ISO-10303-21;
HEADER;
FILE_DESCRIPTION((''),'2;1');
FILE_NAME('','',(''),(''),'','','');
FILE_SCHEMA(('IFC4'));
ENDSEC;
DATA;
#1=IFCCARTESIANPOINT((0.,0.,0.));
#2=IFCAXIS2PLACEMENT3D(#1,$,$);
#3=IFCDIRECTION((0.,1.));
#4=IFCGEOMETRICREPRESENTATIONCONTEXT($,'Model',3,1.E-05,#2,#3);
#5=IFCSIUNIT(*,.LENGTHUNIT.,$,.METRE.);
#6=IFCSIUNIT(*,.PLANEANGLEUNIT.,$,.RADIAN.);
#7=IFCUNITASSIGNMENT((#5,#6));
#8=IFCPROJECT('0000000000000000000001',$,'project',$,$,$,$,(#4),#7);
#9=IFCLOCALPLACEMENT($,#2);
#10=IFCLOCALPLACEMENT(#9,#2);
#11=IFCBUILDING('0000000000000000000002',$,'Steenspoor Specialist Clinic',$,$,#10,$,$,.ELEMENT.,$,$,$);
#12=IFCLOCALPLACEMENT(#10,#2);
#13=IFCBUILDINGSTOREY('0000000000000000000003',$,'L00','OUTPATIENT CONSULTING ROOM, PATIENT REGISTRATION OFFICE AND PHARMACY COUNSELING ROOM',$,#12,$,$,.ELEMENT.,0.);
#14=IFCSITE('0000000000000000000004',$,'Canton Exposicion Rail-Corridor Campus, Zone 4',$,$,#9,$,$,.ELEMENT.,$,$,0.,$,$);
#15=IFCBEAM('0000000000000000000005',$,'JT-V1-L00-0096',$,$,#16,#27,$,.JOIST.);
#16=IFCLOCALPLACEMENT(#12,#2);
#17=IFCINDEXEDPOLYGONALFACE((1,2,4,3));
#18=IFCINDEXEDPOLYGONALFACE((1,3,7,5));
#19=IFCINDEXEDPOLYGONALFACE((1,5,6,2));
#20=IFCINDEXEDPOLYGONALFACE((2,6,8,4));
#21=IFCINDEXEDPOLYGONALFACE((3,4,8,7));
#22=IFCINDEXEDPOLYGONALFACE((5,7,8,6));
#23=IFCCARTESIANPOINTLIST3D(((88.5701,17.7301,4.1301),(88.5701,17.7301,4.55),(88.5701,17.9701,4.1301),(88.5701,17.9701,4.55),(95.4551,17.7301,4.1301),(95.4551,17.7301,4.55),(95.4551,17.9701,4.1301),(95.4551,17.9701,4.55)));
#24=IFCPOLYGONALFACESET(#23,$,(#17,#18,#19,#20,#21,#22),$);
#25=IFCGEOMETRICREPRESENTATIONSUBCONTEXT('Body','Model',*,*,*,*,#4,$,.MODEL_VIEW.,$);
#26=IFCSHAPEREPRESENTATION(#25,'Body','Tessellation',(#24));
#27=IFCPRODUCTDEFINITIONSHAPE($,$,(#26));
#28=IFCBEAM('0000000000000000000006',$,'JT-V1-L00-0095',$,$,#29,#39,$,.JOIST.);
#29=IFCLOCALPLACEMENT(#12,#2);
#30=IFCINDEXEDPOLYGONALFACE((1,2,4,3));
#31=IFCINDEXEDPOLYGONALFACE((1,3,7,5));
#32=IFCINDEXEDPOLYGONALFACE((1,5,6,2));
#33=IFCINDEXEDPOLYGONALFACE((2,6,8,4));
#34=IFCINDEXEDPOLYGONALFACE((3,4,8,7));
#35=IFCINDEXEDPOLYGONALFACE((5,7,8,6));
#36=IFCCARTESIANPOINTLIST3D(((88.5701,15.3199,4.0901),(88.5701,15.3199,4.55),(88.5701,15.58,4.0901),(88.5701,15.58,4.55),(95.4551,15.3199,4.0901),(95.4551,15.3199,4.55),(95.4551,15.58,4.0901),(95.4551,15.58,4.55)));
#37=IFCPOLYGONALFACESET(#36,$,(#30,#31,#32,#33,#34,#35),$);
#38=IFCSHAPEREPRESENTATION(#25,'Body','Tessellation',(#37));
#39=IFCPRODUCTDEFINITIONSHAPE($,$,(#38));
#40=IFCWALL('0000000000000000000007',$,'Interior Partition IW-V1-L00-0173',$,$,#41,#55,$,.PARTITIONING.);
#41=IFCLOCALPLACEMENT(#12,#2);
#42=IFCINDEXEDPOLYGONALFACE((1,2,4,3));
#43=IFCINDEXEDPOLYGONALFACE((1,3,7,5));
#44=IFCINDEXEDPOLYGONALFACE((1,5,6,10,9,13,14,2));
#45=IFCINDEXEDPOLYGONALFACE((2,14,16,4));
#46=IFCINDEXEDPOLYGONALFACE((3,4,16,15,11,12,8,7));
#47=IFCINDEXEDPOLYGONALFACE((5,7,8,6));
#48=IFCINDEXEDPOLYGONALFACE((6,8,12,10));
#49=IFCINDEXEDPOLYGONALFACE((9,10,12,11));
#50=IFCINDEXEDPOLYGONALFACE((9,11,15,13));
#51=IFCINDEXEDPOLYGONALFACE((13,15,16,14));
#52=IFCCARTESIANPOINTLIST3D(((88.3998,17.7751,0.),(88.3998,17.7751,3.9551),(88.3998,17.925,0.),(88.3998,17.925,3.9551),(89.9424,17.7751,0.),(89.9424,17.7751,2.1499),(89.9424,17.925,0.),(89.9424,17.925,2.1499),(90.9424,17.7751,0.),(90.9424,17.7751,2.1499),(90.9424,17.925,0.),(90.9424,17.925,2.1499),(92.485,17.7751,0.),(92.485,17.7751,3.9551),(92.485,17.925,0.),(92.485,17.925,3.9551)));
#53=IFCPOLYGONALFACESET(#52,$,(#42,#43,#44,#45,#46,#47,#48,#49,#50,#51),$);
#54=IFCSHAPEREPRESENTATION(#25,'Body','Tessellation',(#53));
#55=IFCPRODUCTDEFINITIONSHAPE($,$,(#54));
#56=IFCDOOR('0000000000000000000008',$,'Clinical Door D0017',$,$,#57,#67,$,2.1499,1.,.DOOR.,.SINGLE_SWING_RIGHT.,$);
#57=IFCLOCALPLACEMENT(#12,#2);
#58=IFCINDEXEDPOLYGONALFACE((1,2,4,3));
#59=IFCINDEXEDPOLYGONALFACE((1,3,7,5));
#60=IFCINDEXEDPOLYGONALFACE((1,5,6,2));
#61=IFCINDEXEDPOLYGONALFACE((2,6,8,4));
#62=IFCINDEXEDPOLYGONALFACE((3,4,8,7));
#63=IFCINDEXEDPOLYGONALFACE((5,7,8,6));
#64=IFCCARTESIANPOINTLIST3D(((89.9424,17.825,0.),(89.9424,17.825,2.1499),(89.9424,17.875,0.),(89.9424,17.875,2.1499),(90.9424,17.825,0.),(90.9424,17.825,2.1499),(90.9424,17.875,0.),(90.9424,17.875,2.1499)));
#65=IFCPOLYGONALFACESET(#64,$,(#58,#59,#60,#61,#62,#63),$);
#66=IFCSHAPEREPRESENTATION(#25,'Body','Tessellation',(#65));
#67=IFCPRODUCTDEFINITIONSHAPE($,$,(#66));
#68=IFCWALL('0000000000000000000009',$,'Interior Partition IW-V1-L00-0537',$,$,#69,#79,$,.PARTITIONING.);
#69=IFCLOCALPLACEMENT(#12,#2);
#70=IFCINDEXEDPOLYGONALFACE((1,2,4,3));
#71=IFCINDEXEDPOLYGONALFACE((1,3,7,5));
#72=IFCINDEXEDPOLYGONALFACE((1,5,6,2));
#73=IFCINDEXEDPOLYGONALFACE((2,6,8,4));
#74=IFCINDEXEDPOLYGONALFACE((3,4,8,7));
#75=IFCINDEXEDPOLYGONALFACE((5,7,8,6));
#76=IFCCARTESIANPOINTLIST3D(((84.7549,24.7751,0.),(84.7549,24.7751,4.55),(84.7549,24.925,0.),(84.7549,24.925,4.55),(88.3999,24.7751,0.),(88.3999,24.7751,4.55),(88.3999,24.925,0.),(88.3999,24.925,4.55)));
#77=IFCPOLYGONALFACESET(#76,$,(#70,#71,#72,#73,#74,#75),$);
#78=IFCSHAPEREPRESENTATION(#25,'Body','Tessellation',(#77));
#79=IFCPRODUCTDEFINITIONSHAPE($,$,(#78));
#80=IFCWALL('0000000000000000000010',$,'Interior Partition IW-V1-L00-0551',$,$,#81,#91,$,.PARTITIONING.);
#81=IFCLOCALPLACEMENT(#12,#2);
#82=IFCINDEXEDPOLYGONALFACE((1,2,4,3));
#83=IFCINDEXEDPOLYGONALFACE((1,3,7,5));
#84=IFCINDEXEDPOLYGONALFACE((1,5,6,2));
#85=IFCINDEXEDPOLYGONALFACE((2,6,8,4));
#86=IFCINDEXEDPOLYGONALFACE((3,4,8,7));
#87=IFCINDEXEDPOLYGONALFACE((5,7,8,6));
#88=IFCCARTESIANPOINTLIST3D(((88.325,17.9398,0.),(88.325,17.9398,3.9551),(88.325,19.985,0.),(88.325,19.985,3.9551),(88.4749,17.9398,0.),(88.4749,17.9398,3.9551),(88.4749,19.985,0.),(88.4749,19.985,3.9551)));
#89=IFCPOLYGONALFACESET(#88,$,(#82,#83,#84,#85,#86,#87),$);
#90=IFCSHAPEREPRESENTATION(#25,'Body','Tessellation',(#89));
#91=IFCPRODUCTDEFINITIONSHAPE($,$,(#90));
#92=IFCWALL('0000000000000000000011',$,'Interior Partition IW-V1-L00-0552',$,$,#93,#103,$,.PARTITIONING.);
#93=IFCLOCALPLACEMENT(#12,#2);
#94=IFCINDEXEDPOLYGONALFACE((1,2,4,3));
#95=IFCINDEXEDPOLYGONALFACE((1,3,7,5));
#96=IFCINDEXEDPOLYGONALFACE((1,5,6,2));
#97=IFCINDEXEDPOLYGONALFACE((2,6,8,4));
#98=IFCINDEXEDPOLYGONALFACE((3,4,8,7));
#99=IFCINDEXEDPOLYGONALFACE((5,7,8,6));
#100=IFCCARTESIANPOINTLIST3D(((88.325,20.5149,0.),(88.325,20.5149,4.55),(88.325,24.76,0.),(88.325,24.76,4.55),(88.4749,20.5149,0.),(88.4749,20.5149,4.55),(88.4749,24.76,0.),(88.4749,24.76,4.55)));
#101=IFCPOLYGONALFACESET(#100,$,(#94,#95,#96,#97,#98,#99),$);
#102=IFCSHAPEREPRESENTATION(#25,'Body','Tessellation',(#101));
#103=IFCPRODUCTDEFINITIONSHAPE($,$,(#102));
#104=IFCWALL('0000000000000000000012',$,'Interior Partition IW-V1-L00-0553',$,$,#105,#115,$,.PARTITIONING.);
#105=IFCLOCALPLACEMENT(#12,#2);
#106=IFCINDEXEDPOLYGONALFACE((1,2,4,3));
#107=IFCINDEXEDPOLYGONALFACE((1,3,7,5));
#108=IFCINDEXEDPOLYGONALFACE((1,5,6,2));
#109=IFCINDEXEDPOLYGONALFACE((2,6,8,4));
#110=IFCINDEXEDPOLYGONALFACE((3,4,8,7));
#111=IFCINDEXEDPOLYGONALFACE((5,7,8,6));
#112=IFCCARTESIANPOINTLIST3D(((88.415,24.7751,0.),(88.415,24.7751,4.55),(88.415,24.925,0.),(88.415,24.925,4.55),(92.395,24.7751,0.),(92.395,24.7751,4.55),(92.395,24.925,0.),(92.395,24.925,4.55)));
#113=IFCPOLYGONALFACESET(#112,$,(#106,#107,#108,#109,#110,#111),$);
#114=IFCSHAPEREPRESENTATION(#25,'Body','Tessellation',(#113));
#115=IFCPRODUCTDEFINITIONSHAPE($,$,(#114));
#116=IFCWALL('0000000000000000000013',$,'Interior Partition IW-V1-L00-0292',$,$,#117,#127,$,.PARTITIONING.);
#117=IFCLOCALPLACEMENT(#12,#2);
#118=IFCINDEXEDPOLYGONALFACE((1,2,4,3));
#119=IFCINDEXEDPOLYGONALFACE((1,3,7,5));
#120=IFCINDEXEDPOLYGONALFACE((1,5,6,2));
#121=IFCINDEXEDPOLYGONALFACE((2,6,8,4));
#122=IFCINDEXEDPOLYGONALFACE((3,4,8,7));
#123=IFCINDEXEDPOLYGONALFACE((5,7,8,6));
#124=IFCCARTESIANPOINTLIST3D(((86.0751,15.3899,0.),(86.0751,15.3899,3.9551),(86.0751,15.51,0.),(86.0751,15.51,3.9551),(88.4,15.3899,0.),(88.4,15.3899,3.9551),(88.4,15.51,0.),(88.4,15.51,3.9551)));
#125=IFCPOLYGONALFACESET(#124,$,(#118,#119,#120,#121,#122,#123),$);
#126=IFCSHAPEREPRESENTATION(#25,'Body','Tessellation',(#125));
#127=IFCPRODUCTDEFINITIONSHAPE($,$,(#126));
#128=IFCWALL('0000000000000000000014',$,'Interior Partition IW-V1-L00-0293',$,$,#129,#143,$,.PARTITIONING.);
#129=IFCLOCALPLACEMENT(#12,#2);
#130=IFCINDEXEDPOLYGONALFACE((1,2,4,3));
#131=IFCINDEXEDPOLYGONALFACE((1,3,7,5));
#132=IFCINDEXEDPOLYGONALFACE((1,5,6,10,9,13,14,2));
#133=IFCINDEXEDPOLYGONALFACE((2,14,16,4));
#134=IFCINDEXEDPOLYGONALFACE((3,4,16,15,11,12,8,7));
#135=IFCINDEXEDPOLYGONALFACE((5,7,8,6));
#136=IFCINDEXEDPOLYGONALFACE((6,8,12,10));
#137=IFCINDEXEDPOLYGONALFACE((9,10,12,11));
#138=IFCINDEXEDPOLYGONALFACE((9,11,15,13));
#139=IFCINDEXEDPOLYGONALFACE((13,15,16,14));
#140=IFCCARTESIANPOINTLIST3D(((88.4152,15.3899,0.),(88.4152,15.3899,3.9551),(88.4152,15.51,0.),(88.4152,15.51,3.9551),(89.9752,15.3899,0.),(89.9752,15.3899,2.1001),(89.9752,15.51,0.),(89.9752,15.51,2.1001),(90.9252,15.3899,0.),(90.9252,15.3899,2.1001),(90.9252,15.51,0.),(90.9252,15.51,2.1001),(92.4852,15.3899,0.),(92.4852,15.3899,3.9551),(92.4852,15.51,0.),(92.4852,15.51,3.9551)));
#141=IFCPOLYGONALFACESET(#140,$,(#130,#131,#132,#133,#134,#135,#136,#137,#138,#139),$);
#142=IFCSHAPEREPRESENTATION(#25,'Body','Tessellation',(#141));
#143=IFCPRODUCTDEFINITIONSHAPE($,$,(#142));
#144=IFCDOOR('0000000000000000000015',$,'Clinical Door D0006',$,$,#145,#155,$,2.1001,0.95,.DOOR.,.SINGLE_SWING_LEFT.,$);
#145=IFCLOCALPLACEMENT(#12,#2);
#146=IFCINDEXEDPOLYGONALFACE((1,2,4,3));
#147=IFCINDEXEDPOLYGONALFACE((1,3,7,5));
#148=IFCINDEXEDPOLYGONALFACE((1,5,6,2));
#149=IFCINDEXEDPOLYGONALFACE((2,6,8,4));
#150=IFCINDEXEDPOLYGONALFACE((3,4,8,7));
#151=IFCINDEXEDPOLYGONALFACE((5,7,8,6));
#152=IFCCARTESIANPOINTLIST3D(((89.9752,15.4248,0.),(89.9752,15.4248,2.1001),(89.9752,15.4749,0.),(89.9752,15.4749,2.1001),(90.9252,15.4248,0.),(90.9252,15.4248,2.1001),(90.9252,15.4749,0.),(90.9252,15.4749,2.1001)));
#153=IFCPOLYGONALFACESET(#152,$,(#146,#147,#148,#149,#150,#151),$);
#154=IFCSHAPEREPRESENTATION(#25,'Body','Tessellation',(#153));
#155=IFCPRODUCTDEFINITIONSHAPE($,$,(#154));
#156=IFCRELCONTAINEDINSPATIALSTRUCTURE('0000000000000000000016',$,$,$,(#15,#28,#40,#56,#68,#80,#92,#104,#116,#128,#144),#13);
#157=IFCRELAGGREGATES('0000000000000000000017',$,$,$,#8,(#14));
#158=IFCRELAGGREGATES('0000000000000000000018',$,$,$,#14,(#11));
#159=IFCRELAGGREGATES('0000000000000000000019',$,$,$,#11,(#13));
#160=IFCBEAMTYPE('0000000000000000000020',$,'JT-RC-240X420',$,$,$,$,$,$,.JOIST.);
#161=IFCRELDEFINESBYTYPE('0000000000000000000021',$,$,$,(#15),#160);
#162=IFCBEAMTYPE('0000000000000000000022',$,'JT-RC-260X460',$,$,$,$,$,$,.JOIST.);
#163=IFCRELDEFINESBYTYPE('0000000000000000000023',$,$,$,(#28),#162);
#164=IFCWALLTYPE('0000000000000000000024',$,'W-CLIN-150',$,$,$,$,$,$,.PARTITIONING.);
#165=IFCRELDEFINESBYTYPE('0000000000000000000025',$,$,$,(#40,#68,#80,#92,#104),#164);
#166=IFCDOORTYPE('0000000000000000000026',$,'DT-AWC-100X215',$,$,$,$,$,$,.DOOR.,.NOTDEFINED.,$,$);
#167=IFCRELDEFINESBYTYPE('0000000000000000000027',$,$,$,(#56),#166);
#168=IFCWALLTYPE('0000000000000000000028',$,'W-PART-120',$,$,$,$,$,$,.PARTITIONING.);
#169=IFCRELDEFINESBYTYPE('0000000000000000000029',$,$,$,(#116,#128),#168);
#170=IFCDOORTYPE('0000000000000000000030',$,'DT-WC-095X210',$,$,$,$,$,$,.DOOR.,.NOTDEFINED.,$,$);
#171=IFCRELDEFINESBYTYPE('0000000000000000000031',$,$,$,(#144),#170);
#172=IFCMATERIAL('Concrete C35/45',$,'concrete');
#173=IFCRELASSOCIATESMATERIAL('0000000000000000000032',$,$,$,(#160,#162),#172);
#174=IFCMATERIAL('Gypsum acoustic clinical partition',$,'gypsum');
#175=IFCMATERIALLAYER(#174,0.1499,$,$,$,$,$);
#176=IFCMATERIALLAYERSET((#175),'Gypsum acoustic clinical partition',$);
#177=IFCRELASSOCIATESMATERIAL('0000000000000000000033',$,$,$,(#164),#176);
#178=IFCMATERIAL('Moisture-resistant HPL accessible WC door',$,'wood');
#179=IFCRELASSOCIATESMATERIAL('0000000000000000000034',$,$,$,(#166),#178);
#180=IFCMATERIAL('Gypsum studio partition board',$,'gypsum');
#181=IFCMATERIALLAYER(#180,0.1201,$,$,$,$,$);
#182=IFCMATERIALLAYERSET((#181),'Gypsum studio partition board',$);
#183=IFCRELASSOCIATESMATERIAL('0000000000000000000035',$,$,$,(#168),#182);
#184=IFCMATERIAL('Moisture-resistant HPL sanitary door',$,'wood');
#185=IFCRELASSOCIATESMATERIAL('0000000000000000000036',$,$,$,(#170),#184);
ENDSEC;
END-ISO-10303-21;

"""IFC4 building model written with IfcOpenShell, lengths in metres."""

from ifc_helpers import new_model, si_unit, direction, frame, frame_2d, origin, origin_2d, place, context, subcontext, project, spatial, rectangle, extrude, material, layer, layer_set, material_profile, profile_set, type_object, element, fill, save


model = new_model("IFC4")

# Units and contexts
model_context = context("Model", 3, precision=1e-05, world=origin(), true_north=direction((0.0, 1.0)))
body_context = subcontext(model_context, "Body", "Model", "MODEL_VIEW")
ifc_project = project(units=[si_unit("LENGTHUNIT", "METRE"), si_unit("PLANEANGLEUNIT", "RADIAN")], contexts=[model_context])

# Site, building, storey
site_placement = place(None, origin())
site = spatial("IfcSite", under=ifc_project, at=site_placement, Name="Canton Exposicion Rail-Corridor Campus, Zone 4", CompositionType="ELEMENT", RefElevation=0.0)
building_placement = place(site_placement, origin())
building = spatial("IfcBuilding", under=site, at=building_placement, Name="Steenspoor Specialist Clinic", CompositionType="ELEMENT")
storey_placement = place(building_placement, origin())
storey = spatial("IfcBuildingStorey", under=building, at=storey_placement, Name="L00", Description="OUTPATIENT CONSULTING ROOM, PATIENT REGISTRATION OFFICE AND PHARMACY COUNSELING ROOM", CompositionType="ELEMENT", Elevation=0.0)

# Shared definitions
ifc_material_1 = material(Name="Concrete C35/45", Category="concrete")

# Beams
ifc_material_profile_1 = material_profile(ifc_material_1, rectangle(XDim=0.24, YDim=0.4199, at=origin_2d()), Name="RC-JT-240X420")
ifc_profile_set_1 = profile_set([ifc_material_profile_1], Name="Concrete C35/45")
beam_type_1 = type_object("IfcBeamType", Name="JT-RC-240X420", PredefinedType="JOIST", material=ifc_profile_set_1)
beam_1_placement = place(storey_placement, frame((88.5701, 17.8501, 4.3401), z_axis=(1.0, 0.0, 0.0), x_axis=(0.0, 1.0, 0.0)))
element("IfcBeam", 1, at=beam_1_placement, inside=storey, type_object=beam_type_1, Name="JT-V1-L00-0096", PredefinedType="JOIST", context=body_context, shape_type="SweptSolid", body=[
    extrude(rectangle(XDim=0.24, YDim=0.4199, at=origin_2d()), origin(), (0.0, 0.0, 1.0), 6.885),
])
ifc_material_profile_2 = material_profile(ifc_material_1, rectangle(XDim=0.26, YDim=0.46, at=origin_2d()), Name="RC-JT-260X460")
ifc_profile_set_2 = profile_set([ifc_material_profile_2], Name="Concrete C35/45")
beam_type_2 = type_object("IfcBeamType", Name="JT-RC-260X460", PredefinedType="JOIST", material=ifc_profile_set_2)
beam_2_placement = place(storey_placement, frame((88.5701, 15.45, 4.3201), z_axis=(1.0, 0.0, 0.0), x_axis=(0.0, 1.0, 0.0)))
element("IfcBeam", 2, at=beam_2_placement, inside=storey, type_object=beam_type_2, Name="JT-V1-L00-0095", PredefinedType="JOIST", context=body_context, shape_type="SweptSolid", body=[
    extrude(rectangle(XDim=0.26, YDim=0.46, at=origin_2d()), origin(), (0.0, 0.0, 1.0), 6.885),
])

# Wall, opening, door
ifc_material_2 = material(Name="Gypsum acoustic clinical partition", Category="gypsum")
ifc_layer_1 = layer(ifc_material_2, 0.1499)
ifc_layer_set_1 = layer_set([ifc_layer_1], Name="Gypsum acoustic clinical partition")
wall_type_1 = type_object("IfcWallType", Name="W-CLIN-150", PredefinedType="PARTITIONING", material=ifc_layer_set_1)
wall_1_placement = place(storey_placement, frame((88.3999, 17.8501, 0.0), z_axis=(0.0, 0.0, 1.0), x_axis=(1.0, 0.0, 0.0)))
wall_1 = element("IfcWall", 3, at=wall_1_placement, inside=storey, type_object=wall_type_1, Name="Interior Partition IW-V1-L00-0173", PredefinedType="PARTITIONING", context=body_context, shape_type="SweptSolid", body=[
    extrude(rectangle(XDim=4.0852, YDim=0.1499, at=frame_2d((2.0425, 0.0))), origin(), (0.0, 0.0, 1.0), 3.9551),
])
opening_1_placement = place(wall_1_placement, frame((1.5425, 0.0, 0.0)))
opening_1 = element("IfcOpeningElement", 4, at=opening_1_placement, cuts=wall_1, PredefinedType="OPENING", context=body_context, shape_type="SweptSolid", body=[
    extrude(rectangle(XDim=1.0, YDim=2.1499, at=frame_2d((0.5, 1.075))), frame((0.0, 0.085, 0.0), z_axis=(0.0, -1.0, 0.0), x_axis=(1.0, 0.0, 0.0)), (0.0, 0.0, 1.0), 0.1699),
])
ifc_material_3 = material(Name="Moisture-resistant HPL accessible WC door", Category="wood")
door_type_1 = type_object("IfcDoorType", Name="DT-AWC-100X215", OperationType="NOTDEFINED", PredefinedType="DOOR", material=ifc_material_3)
door_1_placement = place(opening_1_placement, origin())
door_1 = element("IfcDoor", 5, at=door_1_placement, inside=storey, type_object=door_type_1, Name="Clinical Door D0017", OperationType="SINGLE_SWING_RIGHT", OverallHeight=2.1499, OverallWidth=1.0, PredefinedType="DOOR", context=body_context, shape_type="SweptSolid", body=[
    extrude(rectangle(XDim=1.0, YDim=2.1499, at=frame_2d((0.5, 1.075))), frame((0.0, 0.0249, 0.0), z_axis=(0.0, -1.0, 0.0), x_axis=(1.0, 0.0, 0.0)), (0.0, 0.0, 1.0), 0.05),
])
fill(opening_1, door_1)

# Walls
wall_2_placement = place(storey_placement, frame((84.7549, 24.8501, 0.0), z_axis=(0.0, 0.0, 1.0), x_axis=(1.0, 0.0, 0.0)))
element("IfcWall", 6, at=wall_2_placement, inside=storey, type_object=wall_type_1, Name="Interior Partition IW-V1-L00-0537", PredefinedType="PARTITIONING", context=body_context, shape_type="SweptSolid", body=[
    extrude(rectangle(XDim=3.645, YDim=0.1499, at=frame_2d((1.8225, 0.0))), origin(), (0.0, 0.0, 1.0), 4.55),
])
wall_3_placement = place(storey_placement, frame((88.3999, 17.9399, 0.0), z_axis=(0.0, 0.0, 1.0), x_axis=(0.0, 1.0, 0.0)))
element("IfcWall", 7, at=wall_3_placement, inside=storey, type_object=wall_type_1, Name="Interior Partition IW-V1-L00-0551", PredefinedType="PARTITIONING", context=body_context, shape_type="SweptSolid", body=[
    extrude(rectangle(XDim=2.0452, YDim=0.1499, at=frame_2d((1.0225, 0.0))), origin(), (0.0, 0.0, 1.0), 3.9551),
])
wall_4_placement = place(storey_placement, frame((88.3999, 20.5149, 0.0), z_axis=(0.0, 0.0, 1.0), x_axis=(0.0, 1.0, 0.0)))
element("IfcWall", 8, at=wall_4_placement, inside=storey, type_object=wall_type_1, Name="Interior Partition IW-V1-L00-0552", PredefinedType="PARTITIONING", context=body_context, shape_type="SweptSolid", body=[
    extrude(rectangle(XDim=4.2451, YDim=0.1499, at=frame_2d((2.1226, 0.0))), origin(), (0.0, 0.0, 1.0), 4.55),
])
wall_5_placement = place(storey_placement, frame((88.415, 24.8501, 0.0), z_axis=(0.0, 0.0, 1.0), x_axis=(1.0, 0.0, 0.0)))
element("IfcWall", 9, at=wall_5_placement, inside=storey, type_object=wall_type_1, Name="Interior Partition IW-V1-L00-0553", PredefinedType="PARTITIONING", context=body_context, shape_type="SweptSolid", body=[
    extrude(rectangle(XDim=3.98, YDim=0.1499, at=frame_2d((1.99, 0.0))), origin(), (0.0, 0.0, 1.0), 4.55),
])
ifc_material_4 = material(Name="Gypsum studio partition board", Category="gypsum")
ifc_layer_2 = layer(ifc_material_4, 0.1201)
ifc_layer_set_2 = layer_set([ifc_layer_2], Name="Gypsum studio partition board")
wall_type_2 = type_object("IfcWallType", Name="W-PART-120", PredefinedType="PARTITIONING", material=ifc_layer_set_2)
wall_6_placement = place(storey_placement, frame((86.075, 15.45, 0.0), z_axis=(0.0, 0.0, 1.0), x_axis=(1.0, 0.0, 0.0)))
element("IfcWall", 10, at=wall_6_placement, inside=storey, type_object=wall_type_2, Name="Interior Partition IW-V1-L00-0292", PredefinedType="PARTITIONING", context=body_context, shape_type="SweptSolid", body=[
    extrude(rectangle(XDim=2.325, YDim=0.1201, at=frame_2d((1.1626, 0.0))), origin(), (0.0, 0.0, 1.0), 3.9551),
])

# Wall, opening, door
wall_7_placement = place(storey_placement, frame((88.415, 15.45, 0.0), z_axis=(0.0, 0.0, 1.0), x_axis=(1.0, 0.0, 0.0)))
wall_7 = element("IfcWall", 11, at=wall_7_placement, inside=storey, type_object=wall_type_2, Name="Interior Partition IW-V1-L00-0293", PredefinedType="PARTITIONING", context=body_context, shape_type="SweptSolid", body=[
    extrude(rectangle(XDim=4.0701, YDim=0.1201, at=frame_2d((2.0352, 0.0))), origin(), (0.0, 0.0, 1.0), 3.9551),
])
opening_2_placement = place(wall_7_placement, frame((1.5601, 0.0, 0.0)))
opening_2 = element("IfcOpeningElement", 12, at=opening_2_placement, cuts=wall_7, PredefinedType="OPENING", context=body_context, shape_type="SweptSolid", body=[
    extrude(rectangle(XDim=0.95, YDim=2.1001, at=frame_2d((0.4751, 1.05))), frame((0.0, 0.0701, 0.0), z_axis=(0.0, -1.0, 0.0), x_axis=(1.0, 0.0, 0.0)), (0.0, 0.0, 1.0), 0.1401),
])
ifc_material_5 = material(Name="Moisture-resistant HPL sanitary door", Category="wood")
door_type_2 = type_object("IfcDoorType", Name="DT-WC-095X210", OperationType="NOTDEFINED", PredefinedType="DOOR", material=ifc_material_5)
door_2_placement = place(opening_2_placement, origin())
door_2 = element("IfcDoor", 13, at=door_2_placement, inside=storey, type_object=door_type_2, Name="Clinical Door D0006", OperationType="SINGLE_SWING_LEFT", OverallHeight=2.1001, OverallWidth=0.95, PredefinedType="DOOR", context=body_context, shape_type="SweptSolid", body=[
    extrude(rectangle(XDim=0.95, YDim=2.1001, at=frame_2d((0.4751, 1.05))), frame((0.0, 0.0249, 0.0), z_axis=(0.0, -1.0, 0.0), x_axis=(1.0, 0.0, 0.0)), (0.0, 0.0, 1.0), 0.05),
])
fill(opening_2, door_2)

save(model, "model.ifc")
